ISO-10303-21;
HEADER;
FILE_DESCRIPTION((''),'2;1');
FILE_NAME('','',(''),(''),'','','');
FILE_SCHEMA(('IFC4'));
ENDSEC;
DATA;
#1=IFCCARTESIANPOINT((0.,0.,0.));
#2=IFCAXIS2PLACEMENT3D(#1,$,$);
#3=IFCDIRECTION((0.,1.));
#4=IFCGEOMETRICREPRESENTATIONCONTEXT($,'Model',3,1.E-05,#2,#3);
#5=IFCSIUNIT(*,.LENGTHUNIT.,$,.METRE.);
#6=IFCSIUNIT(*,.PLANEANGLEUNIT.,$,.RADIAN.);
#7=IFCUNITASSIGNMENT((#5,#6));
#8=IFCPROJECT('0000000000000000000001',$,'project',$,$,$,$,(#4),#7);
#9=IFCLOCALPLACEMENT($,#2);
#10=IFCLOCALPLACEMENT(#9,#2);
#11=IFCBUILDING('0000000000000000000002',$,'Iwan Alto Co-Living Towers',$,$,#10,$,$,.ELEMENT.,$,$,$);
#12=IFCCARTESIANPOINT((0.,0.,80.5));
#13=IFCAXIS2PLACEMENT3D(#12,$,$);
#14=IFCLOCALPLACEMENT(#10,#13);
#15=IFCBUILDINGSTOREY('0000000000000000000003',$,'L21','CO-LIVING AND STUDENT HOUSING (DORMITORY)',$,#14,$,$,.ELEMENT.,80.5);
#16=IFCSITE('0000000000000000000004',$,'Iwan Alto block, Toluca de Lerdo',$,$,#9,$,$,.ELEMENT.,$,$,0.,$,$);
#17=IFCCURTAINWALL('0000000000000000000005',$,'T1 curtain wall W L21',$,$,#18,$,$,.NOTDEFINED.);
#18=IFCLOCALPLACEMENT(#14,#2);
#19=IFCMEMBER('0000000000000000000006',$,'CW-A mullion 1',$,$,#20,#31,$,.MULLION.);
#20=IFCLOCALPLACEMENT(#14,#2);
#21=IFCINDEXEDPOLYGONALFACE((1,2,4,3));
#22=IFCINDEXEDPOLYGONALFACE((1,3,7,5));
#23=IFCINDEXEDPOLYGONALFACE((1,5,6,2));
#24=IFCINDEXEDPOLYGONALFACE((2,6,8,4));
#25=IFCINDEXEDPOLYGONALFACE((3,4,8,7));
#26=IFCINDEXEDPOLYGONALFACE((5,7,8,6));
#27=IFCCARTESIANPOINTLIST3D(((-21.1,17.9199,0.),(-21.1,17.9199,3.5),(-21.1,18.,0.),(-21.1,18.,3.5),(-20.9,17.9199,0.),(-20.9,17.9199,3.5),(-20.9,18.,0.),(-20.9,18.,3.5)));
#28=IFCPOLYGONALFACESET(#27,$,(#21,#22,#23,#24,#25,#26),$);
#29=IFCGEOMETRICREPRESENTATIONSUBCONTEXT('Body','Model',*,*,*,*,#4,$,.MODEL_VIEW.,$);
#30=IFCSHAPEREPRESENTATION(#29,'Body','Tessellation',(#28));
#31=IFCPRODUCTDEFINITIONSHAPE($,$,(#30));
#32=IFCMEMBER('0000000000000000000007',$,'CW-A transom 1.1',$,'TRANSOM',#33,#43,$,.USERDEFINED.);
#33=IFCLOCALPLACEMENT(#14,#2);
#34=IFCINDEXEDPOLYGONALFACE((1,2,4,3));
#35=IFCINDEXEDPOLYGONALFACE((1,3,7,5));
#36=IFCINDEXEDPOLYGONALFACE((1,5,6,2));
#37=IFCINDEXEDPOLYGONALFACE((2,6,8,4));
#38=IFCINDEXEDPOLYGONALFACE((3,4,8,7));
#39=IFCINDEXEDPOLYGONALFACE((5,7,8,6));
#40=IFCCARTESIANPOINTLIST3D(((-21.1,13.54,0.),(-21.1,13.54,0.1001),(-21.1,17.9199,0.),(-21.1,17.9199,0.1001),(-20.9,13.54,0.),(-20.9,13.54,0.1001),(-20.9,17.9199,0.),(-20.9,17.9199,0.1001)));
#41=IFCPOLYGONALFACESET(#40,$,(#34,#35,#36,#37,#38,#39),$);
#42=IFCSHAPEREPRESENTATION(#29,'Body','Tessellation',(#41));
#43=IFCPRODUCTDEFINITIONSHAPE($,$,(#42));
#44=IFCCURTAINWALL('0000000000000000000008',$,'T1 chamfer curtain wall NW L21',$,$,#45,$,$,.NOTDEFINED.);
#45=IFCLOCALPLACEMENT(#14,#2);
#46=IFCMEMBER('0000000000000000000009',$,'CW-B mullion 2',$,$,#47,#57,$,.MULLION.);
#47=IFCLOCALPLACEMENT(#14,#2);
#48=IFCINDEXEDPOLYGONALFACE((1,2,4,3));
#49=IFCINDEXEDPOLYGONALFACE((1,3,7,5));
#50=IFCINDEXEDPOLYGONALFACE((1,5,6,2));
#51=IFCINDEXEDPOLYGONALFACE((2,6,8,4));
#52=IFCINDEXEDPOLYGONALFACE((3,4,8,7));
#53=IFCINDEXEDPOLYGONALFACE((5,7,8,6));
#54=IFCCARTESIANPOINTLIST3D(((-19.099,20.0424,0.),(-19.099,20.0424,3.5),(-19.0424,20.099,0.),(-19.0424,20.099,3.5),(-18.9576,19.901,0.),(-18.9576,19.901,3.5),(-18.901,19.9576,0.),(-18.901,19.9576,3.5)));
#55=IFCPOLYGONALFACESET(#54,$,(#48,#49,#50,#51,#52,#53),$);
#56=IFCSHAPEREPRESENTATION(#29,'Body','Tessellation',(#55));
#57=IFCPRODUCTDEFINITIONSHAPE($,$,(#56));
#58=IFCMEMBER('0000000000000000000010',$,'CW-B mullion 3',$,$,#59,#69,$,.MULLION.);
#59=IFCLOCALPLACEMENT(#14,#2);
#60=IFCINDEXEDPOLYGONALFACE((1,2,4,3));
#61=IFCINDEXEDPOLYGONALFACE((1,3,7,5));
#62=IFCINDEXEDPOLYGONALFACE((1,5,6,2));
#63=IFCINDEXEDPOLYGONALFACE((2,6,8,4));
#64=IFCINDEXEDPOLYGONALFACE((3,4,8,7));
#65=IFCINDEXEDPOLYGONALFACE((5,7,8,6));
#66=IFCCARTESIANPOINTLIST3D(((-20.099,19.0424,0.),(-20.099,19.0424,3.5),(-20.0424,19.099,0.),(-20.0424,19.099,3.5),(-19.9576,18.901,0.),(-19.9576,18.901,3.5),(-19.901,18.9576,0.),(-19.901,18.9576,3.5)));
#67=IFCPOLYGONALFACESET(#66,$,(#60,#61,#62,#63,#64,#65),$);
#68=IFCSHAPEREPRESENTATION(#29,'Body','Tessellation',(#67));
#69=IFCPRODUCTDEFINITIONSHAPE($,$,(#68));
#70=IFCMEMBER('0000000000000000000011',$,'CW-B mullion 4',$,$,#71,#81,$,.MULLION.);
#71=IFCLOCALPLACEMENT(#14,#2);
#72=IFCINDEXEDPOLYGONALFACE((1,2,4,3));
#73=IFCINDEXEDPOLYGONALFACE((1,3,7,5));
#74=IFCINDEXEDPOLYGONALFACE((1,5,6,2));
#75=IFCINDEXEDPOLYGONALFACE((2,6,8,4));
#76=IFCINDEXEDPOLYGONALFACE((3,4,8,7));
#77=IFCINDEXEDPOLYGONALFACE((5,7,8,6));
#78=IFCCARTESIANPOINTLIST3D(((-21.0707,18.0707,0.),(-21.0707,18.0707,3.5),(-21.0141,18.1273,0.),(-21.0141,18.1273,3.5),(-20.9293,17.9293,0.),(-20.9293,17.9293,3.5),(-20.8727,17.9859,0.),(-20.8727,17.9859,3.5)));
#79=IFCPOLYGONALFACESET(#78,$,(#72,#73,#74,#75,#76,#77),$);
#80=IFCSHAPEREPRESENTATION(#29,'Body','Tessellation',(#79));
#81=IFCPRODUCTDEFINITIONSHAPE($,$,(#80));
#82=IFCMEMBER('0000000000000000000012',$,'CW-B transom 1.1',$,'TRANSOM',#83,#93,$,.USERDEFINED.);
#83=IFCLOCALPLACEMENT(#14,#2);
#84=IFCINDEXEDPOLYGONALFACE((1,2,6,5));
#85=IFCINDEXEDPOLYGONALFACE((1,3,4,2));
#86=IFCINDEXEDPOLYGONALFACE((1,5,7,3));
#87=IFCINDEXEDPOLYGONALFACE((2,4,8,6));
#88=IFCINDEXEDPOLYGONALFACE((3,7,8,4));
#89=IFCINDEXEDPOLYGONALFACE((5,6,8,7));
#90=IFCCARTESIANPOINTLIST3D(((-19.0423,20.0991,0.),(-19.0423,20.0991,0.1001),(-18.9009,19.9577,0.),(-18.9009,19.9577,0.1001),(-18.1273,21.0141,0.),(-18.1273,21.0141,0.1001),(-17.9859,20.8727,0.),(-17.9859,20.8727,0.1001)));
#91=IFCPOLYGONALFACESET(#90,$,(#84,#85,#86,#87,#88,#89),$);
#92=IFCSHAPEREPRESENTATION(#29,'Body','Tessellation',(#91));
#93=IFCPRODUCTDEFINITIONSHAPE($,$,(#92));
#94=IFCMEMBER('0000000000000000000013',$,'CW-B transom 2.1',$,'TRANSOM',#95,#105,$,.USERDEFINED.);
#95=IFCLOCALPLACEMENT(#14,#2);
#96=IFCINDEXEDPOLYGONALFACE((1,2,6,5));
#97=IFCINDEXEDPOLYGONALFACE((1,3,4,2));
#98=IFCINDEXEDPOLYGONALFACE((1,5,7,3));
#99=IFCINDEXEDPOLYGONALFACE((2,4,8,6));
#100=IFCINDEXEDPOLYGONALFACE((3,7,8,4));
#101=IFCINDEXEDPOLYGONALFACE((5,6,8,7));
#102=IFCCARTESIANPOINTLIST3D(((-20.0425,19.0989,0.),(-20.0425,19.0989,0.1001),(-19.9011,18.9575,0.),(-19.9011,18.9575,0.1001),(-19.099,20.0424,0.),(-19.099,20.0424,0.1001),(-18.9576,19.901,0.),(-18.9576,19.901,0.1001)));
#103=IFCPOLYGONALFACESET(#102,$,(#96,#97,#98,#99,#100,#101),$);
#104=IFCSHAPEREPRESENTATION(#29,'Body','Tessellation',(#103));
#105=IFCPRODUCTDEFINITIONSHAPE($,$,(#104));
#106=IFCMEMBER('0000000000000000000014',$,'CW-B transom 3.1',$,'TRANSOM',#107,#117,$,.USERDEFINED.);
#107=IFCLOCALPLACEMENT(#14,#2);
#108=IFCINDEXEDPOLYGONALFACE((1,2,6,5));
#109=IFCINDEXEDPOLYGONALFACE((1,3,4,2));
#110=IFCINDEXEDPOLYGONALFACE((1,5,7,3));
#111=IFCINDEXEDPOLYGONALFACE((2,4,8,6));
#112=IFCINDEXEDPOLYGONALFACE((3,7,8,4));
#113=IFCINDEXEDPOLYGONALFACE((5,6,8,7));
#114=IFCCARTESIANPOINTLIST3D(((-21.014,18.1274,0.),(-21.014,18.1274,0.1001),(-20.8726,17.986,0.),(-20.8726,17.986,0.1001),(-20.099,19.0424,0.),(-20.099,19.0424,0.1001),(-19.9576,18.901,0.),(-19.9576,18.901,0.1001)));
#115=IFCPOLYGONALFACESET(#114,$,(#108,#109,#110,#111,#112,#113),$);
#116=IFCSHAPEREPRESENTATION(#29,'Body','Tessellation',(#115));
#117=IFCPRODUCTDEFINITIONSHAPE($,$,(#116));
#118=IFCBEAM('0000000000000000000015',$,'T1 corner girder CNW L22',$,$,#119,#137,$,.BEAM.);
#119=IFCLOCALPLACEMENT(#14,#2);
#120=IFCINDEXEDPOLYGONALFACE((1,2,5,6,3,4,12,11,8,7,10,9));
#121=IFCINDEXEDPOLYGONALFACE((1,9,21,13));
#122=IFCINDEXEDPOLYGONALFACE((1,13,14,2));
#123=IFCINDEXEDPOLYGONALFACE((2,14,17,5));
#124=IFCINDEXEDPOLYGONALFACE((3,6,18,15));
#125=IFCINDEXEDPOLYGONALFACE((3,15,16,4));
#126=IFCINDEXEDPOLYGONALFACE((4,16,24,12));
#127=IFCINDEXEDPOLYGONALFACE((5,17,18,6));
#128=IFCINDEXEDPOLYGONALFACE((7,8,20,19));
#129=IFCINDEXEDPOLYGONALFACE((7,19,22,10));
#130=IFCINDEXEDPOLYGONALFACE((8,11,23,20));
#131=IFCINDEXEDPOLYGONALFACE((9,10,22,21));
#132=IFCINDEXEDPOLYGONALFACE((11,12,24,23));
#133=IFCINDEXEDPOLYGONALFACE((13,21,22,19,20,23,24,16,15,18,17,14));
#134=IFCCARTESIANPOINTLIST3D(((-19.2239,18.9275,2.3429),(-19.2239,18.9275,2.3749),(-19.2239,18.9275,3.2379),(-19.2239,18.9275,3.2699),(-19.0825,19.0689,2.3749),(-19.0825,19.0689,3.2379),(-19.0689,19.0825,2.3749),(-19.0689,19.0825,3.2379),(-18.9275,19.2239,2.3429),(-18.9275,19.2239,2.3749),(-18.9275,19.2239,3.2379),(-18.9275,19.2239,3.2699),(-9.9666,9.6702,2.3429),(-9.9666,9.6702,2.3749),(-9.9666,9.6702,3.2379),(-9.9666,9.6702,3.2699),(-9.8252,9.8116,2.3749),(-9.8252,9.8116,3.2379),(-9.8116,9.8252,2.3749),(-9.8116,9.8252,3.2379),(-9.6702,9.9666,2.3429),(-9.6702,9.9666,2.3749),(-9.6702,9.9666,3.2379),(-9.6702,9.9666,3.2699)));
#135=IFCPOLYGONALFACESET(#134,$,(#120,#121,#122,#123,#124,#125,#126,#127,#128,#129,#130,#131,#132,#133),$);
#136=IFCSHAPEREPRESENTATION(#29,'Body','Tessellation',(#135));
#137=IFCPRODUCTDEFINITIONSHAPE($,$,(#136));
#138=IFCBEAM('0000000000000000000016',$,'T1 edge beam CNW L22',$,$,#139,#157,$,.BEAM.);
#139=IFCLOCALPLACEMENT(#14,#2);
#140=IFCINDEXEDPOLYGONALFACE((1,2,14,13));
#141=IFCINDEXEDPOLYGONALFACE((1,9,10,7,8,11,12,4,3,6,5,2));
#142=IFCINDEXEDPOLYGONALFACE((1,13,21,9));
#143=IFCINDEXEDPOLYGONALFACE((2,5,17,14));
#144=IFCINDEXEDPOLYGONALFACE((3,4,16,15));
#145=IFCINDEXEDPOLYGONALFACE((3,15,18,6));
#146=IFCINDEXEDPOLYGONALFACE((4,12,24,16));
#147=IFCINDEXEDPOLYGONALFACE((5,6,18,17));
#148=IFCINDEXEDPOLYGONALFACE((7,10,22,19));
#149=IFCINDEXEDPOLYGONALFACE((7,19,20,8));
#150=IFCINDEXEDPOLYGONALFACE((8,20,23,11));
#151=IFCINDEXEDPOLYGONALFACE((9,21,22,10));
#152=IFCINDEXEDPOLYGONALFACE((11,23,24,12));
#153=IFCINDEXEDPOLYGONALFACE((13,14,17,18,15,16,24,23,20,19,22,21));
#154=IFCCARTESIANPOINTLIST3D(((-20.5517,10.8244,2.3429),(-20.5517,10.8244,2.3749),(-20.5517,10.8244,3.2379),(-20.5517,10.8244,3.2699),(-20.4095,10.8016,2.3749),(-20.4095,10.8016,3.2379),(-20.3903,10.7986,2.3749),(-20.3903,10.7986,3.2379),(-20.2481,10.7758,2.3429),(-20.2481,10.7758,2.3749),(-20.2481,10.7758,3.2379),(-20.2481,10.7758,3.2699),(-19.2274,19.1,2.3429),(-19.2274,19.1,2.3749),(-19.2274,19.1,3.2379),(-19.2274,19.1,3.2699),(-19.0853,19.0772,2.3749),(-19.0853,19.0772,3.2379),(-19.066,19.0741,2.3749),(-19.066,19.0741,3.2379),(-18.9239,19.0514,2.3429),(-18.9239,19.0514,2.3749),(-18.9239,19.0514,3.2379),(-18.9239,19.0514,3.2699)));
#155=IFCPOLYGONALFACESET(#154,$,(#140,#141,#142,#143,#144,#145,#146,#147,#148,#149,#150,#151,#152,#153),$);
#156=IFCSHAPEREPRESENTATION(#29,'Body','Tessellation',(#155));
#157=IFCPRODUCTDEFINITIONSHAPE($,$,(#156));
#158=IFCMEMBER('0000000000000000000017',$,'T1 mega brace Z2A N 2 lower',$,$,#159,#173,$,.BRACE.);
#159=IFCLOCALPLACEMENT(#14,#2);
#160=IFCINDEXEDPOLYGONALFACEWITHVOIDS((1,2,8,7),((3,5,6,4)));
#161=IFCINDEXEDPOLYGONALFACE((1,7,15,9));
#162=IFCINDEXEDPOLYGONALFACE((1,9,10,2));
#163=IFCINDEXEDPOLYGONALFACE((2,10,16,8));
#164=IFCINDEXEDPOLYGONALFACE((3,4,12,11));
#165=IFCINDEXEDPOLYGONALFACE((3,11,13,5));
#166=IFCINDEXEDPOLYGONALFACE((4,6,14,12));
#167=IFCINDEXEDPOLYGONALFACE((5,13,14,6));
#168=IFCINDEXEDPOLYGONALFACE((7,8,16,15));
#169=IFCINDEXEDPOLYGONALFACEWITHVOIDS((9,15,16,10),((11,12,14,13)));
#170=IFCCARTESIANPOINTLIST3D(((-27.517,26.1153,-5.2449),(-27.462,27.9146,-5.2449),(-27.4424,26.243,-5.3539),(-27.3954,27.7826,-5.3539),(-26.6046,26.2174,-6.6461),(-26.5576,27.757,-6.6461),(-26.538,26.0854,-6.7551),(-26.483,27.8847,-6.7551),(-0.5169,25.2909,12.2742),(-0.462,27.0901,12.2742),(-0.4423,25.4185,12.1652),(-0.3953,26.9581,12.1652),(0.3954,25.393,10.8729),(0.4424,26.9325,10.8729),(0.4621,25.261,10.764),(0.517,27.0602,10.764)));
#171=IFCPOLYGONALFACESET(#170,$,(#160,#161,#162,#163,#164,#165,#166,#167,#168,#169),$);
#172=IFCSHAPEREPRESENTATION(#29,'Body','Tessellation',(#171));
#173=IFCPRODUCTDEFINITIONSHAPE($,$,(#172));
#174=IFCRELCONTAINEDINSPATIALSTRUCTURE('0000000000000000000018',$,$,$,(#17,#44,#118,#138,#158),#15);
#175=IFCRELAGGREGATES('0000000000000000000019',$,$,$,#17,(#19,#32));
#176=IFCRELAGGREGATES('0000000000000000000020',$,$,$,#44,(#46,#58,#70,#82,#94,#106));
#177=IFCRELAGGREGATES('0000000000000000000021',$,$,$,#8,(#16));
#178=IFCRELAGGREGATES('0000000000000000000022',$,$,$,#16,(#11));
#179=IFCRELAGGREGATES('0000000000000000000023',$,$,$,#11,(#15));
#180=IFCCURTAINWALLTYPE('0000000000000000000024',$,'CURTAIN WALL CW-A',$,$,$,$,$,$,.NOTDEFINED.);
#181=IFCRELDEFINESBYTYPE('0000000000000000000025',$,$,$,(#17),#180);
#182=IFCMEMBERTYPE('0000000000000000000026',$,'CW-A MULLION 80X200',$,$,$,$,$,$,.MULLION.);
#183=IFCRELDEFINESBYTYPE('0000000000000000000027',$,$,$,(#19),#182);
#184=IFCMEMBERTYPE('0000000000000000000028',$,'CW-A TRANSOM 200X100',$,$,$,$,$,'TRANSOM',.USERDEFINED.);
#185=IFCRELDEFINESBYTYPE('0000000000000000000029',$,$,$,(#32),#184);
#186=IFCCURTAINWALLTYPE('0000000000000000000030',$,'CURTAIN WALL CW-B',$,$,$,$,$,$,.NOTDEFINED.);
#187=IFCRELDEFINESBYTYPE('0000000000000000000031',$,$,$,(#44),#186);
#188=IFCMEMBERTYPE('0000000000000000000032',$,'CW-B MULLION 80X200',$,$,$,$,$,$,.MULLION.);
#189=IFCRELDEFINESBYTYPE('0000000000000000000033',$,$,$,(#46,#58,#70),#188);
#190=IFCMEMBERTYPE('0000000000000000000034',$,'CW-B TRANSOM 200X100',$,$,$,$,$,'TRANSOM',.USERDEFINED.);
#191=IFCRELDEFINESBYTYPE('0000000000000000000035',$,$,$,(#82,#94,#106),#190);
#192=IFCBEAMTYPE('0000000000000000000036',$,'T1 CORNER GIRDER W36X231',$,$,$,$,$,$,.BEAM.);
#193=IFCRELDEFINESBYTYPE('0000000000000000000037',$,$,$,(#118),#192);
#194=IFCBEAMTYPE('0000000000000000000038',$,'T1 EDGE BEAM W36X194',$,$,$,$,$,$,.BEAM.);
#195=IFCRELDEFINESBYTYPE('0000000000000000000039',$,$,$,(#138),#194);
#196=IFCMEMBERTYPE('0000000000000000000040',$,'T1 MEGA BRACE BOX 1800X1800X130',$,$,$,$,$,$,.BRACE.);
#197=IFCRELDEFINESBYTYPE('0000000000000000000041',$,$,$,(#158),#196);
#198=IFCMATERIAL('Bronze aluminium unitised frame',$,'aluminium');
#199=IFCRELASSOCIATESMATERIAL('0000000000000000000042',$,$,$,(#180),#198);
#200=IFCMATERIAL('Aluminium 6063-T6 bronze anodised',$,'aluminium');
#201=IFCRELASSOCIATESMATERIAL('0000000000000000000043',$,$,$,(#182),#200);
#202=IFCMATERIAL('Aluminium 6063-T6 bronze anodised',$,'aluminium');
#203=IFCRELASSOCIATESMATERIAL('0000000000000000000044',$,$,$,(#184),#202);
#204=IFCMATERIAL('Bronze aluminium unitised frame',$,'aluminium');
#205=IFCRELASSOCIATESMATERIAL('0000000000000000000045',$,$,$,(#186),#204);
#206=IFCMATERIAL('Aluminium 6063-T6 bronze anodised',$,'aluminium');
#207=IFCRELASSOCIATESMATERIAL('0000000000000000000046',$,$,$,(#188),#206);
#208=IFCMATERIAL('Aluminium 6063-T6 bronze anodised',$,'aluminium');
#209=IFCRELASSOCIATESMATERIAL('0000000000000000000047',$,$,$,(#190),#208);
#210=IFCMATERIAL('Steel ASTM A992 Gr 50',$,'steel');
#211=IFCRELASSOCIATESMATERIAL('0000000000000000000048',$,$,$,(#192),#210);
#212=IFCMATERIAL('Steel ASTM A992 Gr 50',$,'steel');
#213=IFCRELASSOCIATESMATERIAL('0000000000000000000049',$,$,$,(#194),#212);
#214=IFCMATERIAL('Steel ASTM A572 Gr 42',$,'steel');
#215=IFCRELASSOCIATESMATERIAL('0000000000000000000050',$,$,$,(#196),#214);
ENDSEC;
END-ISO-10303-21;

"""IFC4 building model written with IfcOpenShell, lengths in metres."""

from ifc_helpers import new_model, si_unit, direction, frame, origin, origin_2d, place, context, subcontext, project, spatial, rectangle, hollow_rectangle, i_section, extrude, material, material_profile, profile_set, type_object, element, aggregate, save


model = new_model("IFC4")

# Units and contexts
model_context = context("Model", 3, precision=1e-05, world=origin(), true_north=direction((0.0, 1.0)))
body_context = subcontext(model_context, "Body", "Model", "MODEL_VIEW")
ifc_project = project(units=[si_unit("LENGTHUNIT", "METRE"), si_unit("PLANEANGLEUNIT", "RADIAN")], contexts=[model_context])

# Site, building, storey
site_placement = place(None, origin())
site = spatial("IfcSite", under=ifc_project, at=site_placement, Name="Iwan Alto block, Toluca de Lerdo", CompositionType="ELEMENT", RefElevation=0.0)
building_placement = place(site_placement, origin())
building = spatial("IfcBuilding", under=site, at=building_placement, Name="Iwan Alto Co-Living Towers", CompositionType="ELEMENT")
storey_placement = place(building_placement, frame((0.0, 0.0, 80.5)))
storey = spatial("IfcBuildingStorey", under=building, at=storey_placement, Name="L21", Description="CO-LIVING AND STUDENT HOUSING (DORMITORY)", CompositionType="ELEMENT", Elevation=80.5)

# Curtain walls, members
ifc_material_1 = material(Name="Bronze aluminium unitised frame", Category="aluminium")
curtain_wall_type_1 = type_object("IfcCurtainWallType", Name="CURTAIN WALL CW-A", PredefinedType="NOTDEFINED", material=ifc_material_1)
curtain_wall_1_placement = place(storey_placement, origin())
curtain_wall_1 = element("IfcCurtainWall", 1, at=curtain_wall_1_placement, inside=storey, type_object=curtain_wall_type_1, Name="T1 curtain wall W L21", PredefinedType="NOTDEFINED")
ifc_material_2 = material(Name="Aluminium 6063-T6 bronze anodised", Category="aluminium")
ifc_material_profile_1 = material_profile(ifc_material_2, rectangle(XDim=0.2, YDim=0.0801, at=origin_2d()), Name="AL 80X200")
ifc_profile_set_1 = profile_set([ifc_material_profile_1], Name="Aluminium 6063-T6 bronze anodised")
member_type_1 = type_object("IfcMemberType", Name="CW-A MULLION 80X200", PredefinedType="MULLION", material=ifc_profile_set_1)
member_1_placement = place(storey_placement, frame((-21.0, 17.96, 0.0), z_axis=(0.0, 0.0, 1.0), x_axis=(1.0, 0.0, 0.0)))
member_1 = element("IfcMember", 2, at=member_1_placement, type_object=member_type_1, Name="CW-A mullion 1", PredefinedType="MULLION", context=body_context, shape_type="SweptSolid", body=[
    extrude(rectangle(XDim=0.2, YDim=0.0801, at=origin_2d()), origin(), (0.0, 0.0, 1.0), 3.5),
])
ifc_material_3 = material(Name="Aluminium 6063-T6 bronze anodised", Category="aluminium")
ifc_material_profile_2 = material_profile(ifc_material_3, rectangle(XDim=0.2, YDim=0.1001, at=origin_2d()), Name="AL 200X100")
ifc_profile_set_2 = profile_set([ifc_material_profile_2], Name="Aluminium 6063-T6 bronze anodised")
member_type_2 = type_object("IfcMemberType", Name="CW-A TRANSOM 200X100", ElementType="TRANSOM", PredefinedType="USERDEFINED", material=ifc_profile_set_2)
member_2_placement = place(storey_placement, frame((-21.0, 17.9199, 0.05), z_axis=(0.0, -1.0, 0.0), x_axis=(1.0, 0.0, 0.0)))
member_2 = element("IfcMember", 3, at=member_2_placement, type_object=member_type_2, Name="CW-A transom 1.1", ObjectType="TRANSOM", PredefinedType="USERDEFINED", context=body_context, shape_type="SweptSolid", body=[
    extrude(rectangle(XDim=0.2, YDim=0.1001, at=origin_2d()), origin(), (0.0, 0.0, 1.0), 4.3799),
])
ifc_material_4 = material(Name="Bronze aluminium unitised frame", Category="aluminium")
curtain_wall_type_2 = type_object("IfcCurtainWallType", Name="CURTAIN WALL CW-B", PredefinedType="NOTDEFINED", material=ifc_material_4)
curtain_wall_2_placement = place(storey_placement, origin())
curtain_wall_2 = element("IfcCurtainWall", 4, at=curtain_wall_2_placement, inside=storey, type_object=curtain_wall_type_2, Name="T1 chamfer curtain wall NW L21", PredefinedType="NOTDEFINED")
ifc_material_5 = material(Name="Aluminium 6063-T6 bronze anodised", Category="aluminium")
ifc_material_profile_3 = material_profile(ifc_material_5, rectangle(XDim=0.2, YDim=0.0801, at=origin_2d()), Name="AL 80X200")
ifc_profile_set_3 = profile_set([ifc_material_profile_3], Name="Aluminium 6063-T6 bronze anodised")
member_type_3 = type_object("IfcMemberType", Name="CW-B MULLION 80X200", PredefinedType="MULLION", material=ifc_profile_set_3)
member_3_placement = place(storey_placement, frame((-19.0, 20.0, 0.0), z_axis=(0.0, 0.0, 1.0), x_axis=(0.707107, -0.707107, 0.0)))
member_3 = element("IfcMember", 5, at=member_3_placement, type_object=member_type_3, Name="CW-B mullion 2", PredefinedType="MULLION", context=body_context, shape_type="SweptSolid", body=[
    extrude(rectangle(XDim=0.2, YDim=0.0801, at=origin_2d()), origin(), (0.0, 0.0, 1.0), 3.5),
])
member_4_placement = place(storey_placement, frame((-20.0, 19.0, 0.0), z_axis=(0.0, 0.0, 1.0), x_axis=(0.707107, -0.707107, 0.0)))
member_4 = element("IfcMember", 6, at=member_4_placement, type_object=member_type_3, Name="CW-B mullion 3", PredefinedType="MULLION", context=body_context, shape_type="SweptSolid", body=[
    extrude(rectangle(XDim=0.2, YDim=0.0801, at=origin_2d()), origin(), (0.0, 0.0, 1.0), 3.5),
])
member_5_placement = place(storey_placement, frame((-20.9717, 18.0283, 0.0), z_axis=(0.0, 0.0, 1.0), x_axis=(0.707107, -0.707107, 0.0)))
member_5 = element("IfcMember", 7, at=member_5_placement, type_object=member_type_3, Name="CW-B mullion 4", PredefinedType="MULLION", context=body_context, shape_type="SweptSolid", body=[
    extrude(rectangle(XDim=0.2, YDim=0.0801, at=origin_2d()), origin(), (0.0, 0.0, 1.0), 3.5),
])
ifc_material_6 = material(Name="Aluminium 6063-T6 bronze anodised", Category="aluminium")
ifc_material_profile_4 = material_profile(ifc_material_6, rectangle(XDim=0.2, YDim=0.1001, at=origin_2d()), Name="AL 200X100")
ifc_profile_set_4 = profile_set([ifc_material_profile_4], Name="Aluminium 6063-T6 bronze anodised")
member_type_4 = type_object("IfcMemberType", Name="CW-B TRANSOM 200X100", ElementType="TRANSOM", PredefinedType="USERDEFINED", material=ifc_profile_set_4)
member_6_placement = place(storey_placement, frame((-18.0566, 20.9434, 0.05), z_axis=(-0.707107, -0.707107, 0.0), x_axis=(0.707107, -0.707107, 0.0)))
member_6 = element("IfcMember", 8, at=member_6_placement, type_object=member_type_4, Name="CW-B transom 1.1", ObjectType="TRANSOM", PredefinedType="USERDEFINED", context=body_context, shape_type="SweptSolid", body=[
    extrude(rectangle(XDim=0.2, YDim=0.1001, at=origin_2d()), origin(), (0.0, 0.0, 1.0), 1.2939),
])
member_7_placement = place(storey_placement, frame((-19.0283, 19.9717, 0.05), z_axis=(-0.707107, -0.707107, 0.0), x_axis=(0.707107, -0.707107, 0.0)))
member_7 = element("IfcMember", 9, at=member_7_placement, type_object=member_type_4, Name="CW-B transom 2.1", ObjectType="TRANSOM", PredefinedType="USERDEFINED", context=body_context, shape_type="SweptSolid", body=[
    extrude(rectangle(XDim=0.2, YDim=0.1001, at=origin_2d()), origin(), (0.0, 0.0, 1.0), 1.3342),
])
member_8_placement = place(storey_placement, frame((-20.0283, 18.9717, 0.05), z_axis=(-0.707107, -0.707107, 0.0), x_axis=(0.707107, -0.707107, 0.0)))
member_8 = element("IfcMember", 10, at=member_8_placement, type_object=member_type_4, Name="CW-B transom 3.1", ObjectType="TRANSOM", PredefinedType="USERDEFINED", context=body_context, shape_type="SweptSolid", body=[
    extrude(rectangle(XDim=0.2, YDim=0.1001, at=origin_2d()), origin(), (0.0, 0.0, 1.0), 1.2939),
])

# Beams
ifc_material_7 = material(Name="Steel ASTM A992 Gr 50", Category="steel")
ifc_material_profile_5 = material_profile(ifc_material_7, i_section(OverallWidth=0.4192, OverallDepth=0.927, WebThickness=0.0193, FlangeThickness=0.032, at=origin_2d()), Name="W36X231")
ifc_profile_set_5 = profile_set([ifc_material_profile_5], Name="Steel ASTM A992 Gr 50")
beam_type_1 = type_object("IfcBeamType", Name="T1 CORNER GIRDER W36X231", PredefinedType="BEAM", material=ifc_profile_set_5)
beam_1_placement = place(storey_placement, frame((-19.0757, 19.0757, 2.8064), z_axis=(0.707107, -0.707107, 0.0), x_axis=(0.707107, 0.707107, 0.0)))
element("IfcBeam", 11, at=beam_1_placement, inside=storey, type_object=beam_type_1, Name="T1 corner girder CNW L22", PredefinedType="BEAM", context=body_context, shape_type="SweptSolid", body=[
    extrude(i_section(OverallWidth=0.4192, OverallDepth=0.927, WebThickness=0.0193, FlangeThickness=0.032, at=origin_2d()), origin(), (0.0, 0.0, 1.0), 13.0918),
])
ifc_material_8 = material(Name="Steel ASTM A992 Gr 50", Category="steel")
ifc_material_profile_6 = material_profile(ifc_material_8, i_section(OverallWidth=0.3074, OverallDepth=0.927, WebThickness=0.0195, FlangeThickness=0.032, at=origin_2d()), Name="W36X194")
ifc_profile_set_6 = profile_set([ifc_material_profile_6], Name="Steel ASTM A992 Gr 50")
beam_type_2 = type_object("IfcBeamType", Name="T1 EDGE BEAM W36X194", PredefinedType="BEAM", material=ifc_profile_set_6)
beam_2_placement = place(storey_placement, frame((-19.0757, 19.0757, 2.8064), z_axis=(-0.158004, -0.987438, 0.0), x_axis=(0.987438, -0.158004, 0.0)))
element("IfcBeam", 12, at=beam_2_placement, inside=storey, type_object=beam_type_2, Name="T1 edge beam CNW L22", PredefinedType="BEAM", context=body_context, shape_type="SweptSolid", body=[
    extrude(i_section(OverallWidth=0.3074, OverallDepth=0.927, WebThickness=0.0195, FlangeThickness=0.032, at=origin_2d()), origin(), (0.0, 0.0, 1.0), 8.3809),
])

# Member
ifc_material_9 = material(Name="Steel ASTM A572 Gr 42", Category="steel")
ifc_material_profile_7 = material_profile(ifc_material_9, hollow_rectangle(XDim=1.8, YDim=1.8, WallThickness=0.1299, at=origin_2d()), Name="BOX 1800X1800X130")
ifc_profile_set_7 = profile_set([ifc_material_profile_7], Name="Steel ASTM A572 Gr 42")
member_type_5 = type_object("IfcMemberType", Name="T1 MEGA BRACE BOX 1800X1800X130", PredefinedType="BRACE", material=ifc_profile_set_7)
for number, where, z_axis, x_axis, name in (
    (13, (-27.0, 27.0, -6.0), (0.838608, -0.025607, 0.544134), (0.030521, 0.999534, 0.0), "T1 mega brace Z2A N 2 lower"),
):
    element("IfcMember", number, at=place(storey_placement, frame(where, z_axis=z_axis, x_axis=x_axis)), inside=storey, type_object=member_type_5, Name=name, PredefinedType="BRACE", context=body_context, shape_type="SweptSolid", body=[
        extrude(hollow_rectangle(XDim=1.8, YDim=1.8, WallThickness=0.1299, at=origin_2d()), origin(), (0.0, 0.0, 1.0), 32.1963),
    ])

aggregate(curtain_wall_1, [member_1, member_2])
aggregate(curtain_wall_2, [member_3, member_4, member_5, member_6, member_7, member_8])

save(model, "model.ifc")
